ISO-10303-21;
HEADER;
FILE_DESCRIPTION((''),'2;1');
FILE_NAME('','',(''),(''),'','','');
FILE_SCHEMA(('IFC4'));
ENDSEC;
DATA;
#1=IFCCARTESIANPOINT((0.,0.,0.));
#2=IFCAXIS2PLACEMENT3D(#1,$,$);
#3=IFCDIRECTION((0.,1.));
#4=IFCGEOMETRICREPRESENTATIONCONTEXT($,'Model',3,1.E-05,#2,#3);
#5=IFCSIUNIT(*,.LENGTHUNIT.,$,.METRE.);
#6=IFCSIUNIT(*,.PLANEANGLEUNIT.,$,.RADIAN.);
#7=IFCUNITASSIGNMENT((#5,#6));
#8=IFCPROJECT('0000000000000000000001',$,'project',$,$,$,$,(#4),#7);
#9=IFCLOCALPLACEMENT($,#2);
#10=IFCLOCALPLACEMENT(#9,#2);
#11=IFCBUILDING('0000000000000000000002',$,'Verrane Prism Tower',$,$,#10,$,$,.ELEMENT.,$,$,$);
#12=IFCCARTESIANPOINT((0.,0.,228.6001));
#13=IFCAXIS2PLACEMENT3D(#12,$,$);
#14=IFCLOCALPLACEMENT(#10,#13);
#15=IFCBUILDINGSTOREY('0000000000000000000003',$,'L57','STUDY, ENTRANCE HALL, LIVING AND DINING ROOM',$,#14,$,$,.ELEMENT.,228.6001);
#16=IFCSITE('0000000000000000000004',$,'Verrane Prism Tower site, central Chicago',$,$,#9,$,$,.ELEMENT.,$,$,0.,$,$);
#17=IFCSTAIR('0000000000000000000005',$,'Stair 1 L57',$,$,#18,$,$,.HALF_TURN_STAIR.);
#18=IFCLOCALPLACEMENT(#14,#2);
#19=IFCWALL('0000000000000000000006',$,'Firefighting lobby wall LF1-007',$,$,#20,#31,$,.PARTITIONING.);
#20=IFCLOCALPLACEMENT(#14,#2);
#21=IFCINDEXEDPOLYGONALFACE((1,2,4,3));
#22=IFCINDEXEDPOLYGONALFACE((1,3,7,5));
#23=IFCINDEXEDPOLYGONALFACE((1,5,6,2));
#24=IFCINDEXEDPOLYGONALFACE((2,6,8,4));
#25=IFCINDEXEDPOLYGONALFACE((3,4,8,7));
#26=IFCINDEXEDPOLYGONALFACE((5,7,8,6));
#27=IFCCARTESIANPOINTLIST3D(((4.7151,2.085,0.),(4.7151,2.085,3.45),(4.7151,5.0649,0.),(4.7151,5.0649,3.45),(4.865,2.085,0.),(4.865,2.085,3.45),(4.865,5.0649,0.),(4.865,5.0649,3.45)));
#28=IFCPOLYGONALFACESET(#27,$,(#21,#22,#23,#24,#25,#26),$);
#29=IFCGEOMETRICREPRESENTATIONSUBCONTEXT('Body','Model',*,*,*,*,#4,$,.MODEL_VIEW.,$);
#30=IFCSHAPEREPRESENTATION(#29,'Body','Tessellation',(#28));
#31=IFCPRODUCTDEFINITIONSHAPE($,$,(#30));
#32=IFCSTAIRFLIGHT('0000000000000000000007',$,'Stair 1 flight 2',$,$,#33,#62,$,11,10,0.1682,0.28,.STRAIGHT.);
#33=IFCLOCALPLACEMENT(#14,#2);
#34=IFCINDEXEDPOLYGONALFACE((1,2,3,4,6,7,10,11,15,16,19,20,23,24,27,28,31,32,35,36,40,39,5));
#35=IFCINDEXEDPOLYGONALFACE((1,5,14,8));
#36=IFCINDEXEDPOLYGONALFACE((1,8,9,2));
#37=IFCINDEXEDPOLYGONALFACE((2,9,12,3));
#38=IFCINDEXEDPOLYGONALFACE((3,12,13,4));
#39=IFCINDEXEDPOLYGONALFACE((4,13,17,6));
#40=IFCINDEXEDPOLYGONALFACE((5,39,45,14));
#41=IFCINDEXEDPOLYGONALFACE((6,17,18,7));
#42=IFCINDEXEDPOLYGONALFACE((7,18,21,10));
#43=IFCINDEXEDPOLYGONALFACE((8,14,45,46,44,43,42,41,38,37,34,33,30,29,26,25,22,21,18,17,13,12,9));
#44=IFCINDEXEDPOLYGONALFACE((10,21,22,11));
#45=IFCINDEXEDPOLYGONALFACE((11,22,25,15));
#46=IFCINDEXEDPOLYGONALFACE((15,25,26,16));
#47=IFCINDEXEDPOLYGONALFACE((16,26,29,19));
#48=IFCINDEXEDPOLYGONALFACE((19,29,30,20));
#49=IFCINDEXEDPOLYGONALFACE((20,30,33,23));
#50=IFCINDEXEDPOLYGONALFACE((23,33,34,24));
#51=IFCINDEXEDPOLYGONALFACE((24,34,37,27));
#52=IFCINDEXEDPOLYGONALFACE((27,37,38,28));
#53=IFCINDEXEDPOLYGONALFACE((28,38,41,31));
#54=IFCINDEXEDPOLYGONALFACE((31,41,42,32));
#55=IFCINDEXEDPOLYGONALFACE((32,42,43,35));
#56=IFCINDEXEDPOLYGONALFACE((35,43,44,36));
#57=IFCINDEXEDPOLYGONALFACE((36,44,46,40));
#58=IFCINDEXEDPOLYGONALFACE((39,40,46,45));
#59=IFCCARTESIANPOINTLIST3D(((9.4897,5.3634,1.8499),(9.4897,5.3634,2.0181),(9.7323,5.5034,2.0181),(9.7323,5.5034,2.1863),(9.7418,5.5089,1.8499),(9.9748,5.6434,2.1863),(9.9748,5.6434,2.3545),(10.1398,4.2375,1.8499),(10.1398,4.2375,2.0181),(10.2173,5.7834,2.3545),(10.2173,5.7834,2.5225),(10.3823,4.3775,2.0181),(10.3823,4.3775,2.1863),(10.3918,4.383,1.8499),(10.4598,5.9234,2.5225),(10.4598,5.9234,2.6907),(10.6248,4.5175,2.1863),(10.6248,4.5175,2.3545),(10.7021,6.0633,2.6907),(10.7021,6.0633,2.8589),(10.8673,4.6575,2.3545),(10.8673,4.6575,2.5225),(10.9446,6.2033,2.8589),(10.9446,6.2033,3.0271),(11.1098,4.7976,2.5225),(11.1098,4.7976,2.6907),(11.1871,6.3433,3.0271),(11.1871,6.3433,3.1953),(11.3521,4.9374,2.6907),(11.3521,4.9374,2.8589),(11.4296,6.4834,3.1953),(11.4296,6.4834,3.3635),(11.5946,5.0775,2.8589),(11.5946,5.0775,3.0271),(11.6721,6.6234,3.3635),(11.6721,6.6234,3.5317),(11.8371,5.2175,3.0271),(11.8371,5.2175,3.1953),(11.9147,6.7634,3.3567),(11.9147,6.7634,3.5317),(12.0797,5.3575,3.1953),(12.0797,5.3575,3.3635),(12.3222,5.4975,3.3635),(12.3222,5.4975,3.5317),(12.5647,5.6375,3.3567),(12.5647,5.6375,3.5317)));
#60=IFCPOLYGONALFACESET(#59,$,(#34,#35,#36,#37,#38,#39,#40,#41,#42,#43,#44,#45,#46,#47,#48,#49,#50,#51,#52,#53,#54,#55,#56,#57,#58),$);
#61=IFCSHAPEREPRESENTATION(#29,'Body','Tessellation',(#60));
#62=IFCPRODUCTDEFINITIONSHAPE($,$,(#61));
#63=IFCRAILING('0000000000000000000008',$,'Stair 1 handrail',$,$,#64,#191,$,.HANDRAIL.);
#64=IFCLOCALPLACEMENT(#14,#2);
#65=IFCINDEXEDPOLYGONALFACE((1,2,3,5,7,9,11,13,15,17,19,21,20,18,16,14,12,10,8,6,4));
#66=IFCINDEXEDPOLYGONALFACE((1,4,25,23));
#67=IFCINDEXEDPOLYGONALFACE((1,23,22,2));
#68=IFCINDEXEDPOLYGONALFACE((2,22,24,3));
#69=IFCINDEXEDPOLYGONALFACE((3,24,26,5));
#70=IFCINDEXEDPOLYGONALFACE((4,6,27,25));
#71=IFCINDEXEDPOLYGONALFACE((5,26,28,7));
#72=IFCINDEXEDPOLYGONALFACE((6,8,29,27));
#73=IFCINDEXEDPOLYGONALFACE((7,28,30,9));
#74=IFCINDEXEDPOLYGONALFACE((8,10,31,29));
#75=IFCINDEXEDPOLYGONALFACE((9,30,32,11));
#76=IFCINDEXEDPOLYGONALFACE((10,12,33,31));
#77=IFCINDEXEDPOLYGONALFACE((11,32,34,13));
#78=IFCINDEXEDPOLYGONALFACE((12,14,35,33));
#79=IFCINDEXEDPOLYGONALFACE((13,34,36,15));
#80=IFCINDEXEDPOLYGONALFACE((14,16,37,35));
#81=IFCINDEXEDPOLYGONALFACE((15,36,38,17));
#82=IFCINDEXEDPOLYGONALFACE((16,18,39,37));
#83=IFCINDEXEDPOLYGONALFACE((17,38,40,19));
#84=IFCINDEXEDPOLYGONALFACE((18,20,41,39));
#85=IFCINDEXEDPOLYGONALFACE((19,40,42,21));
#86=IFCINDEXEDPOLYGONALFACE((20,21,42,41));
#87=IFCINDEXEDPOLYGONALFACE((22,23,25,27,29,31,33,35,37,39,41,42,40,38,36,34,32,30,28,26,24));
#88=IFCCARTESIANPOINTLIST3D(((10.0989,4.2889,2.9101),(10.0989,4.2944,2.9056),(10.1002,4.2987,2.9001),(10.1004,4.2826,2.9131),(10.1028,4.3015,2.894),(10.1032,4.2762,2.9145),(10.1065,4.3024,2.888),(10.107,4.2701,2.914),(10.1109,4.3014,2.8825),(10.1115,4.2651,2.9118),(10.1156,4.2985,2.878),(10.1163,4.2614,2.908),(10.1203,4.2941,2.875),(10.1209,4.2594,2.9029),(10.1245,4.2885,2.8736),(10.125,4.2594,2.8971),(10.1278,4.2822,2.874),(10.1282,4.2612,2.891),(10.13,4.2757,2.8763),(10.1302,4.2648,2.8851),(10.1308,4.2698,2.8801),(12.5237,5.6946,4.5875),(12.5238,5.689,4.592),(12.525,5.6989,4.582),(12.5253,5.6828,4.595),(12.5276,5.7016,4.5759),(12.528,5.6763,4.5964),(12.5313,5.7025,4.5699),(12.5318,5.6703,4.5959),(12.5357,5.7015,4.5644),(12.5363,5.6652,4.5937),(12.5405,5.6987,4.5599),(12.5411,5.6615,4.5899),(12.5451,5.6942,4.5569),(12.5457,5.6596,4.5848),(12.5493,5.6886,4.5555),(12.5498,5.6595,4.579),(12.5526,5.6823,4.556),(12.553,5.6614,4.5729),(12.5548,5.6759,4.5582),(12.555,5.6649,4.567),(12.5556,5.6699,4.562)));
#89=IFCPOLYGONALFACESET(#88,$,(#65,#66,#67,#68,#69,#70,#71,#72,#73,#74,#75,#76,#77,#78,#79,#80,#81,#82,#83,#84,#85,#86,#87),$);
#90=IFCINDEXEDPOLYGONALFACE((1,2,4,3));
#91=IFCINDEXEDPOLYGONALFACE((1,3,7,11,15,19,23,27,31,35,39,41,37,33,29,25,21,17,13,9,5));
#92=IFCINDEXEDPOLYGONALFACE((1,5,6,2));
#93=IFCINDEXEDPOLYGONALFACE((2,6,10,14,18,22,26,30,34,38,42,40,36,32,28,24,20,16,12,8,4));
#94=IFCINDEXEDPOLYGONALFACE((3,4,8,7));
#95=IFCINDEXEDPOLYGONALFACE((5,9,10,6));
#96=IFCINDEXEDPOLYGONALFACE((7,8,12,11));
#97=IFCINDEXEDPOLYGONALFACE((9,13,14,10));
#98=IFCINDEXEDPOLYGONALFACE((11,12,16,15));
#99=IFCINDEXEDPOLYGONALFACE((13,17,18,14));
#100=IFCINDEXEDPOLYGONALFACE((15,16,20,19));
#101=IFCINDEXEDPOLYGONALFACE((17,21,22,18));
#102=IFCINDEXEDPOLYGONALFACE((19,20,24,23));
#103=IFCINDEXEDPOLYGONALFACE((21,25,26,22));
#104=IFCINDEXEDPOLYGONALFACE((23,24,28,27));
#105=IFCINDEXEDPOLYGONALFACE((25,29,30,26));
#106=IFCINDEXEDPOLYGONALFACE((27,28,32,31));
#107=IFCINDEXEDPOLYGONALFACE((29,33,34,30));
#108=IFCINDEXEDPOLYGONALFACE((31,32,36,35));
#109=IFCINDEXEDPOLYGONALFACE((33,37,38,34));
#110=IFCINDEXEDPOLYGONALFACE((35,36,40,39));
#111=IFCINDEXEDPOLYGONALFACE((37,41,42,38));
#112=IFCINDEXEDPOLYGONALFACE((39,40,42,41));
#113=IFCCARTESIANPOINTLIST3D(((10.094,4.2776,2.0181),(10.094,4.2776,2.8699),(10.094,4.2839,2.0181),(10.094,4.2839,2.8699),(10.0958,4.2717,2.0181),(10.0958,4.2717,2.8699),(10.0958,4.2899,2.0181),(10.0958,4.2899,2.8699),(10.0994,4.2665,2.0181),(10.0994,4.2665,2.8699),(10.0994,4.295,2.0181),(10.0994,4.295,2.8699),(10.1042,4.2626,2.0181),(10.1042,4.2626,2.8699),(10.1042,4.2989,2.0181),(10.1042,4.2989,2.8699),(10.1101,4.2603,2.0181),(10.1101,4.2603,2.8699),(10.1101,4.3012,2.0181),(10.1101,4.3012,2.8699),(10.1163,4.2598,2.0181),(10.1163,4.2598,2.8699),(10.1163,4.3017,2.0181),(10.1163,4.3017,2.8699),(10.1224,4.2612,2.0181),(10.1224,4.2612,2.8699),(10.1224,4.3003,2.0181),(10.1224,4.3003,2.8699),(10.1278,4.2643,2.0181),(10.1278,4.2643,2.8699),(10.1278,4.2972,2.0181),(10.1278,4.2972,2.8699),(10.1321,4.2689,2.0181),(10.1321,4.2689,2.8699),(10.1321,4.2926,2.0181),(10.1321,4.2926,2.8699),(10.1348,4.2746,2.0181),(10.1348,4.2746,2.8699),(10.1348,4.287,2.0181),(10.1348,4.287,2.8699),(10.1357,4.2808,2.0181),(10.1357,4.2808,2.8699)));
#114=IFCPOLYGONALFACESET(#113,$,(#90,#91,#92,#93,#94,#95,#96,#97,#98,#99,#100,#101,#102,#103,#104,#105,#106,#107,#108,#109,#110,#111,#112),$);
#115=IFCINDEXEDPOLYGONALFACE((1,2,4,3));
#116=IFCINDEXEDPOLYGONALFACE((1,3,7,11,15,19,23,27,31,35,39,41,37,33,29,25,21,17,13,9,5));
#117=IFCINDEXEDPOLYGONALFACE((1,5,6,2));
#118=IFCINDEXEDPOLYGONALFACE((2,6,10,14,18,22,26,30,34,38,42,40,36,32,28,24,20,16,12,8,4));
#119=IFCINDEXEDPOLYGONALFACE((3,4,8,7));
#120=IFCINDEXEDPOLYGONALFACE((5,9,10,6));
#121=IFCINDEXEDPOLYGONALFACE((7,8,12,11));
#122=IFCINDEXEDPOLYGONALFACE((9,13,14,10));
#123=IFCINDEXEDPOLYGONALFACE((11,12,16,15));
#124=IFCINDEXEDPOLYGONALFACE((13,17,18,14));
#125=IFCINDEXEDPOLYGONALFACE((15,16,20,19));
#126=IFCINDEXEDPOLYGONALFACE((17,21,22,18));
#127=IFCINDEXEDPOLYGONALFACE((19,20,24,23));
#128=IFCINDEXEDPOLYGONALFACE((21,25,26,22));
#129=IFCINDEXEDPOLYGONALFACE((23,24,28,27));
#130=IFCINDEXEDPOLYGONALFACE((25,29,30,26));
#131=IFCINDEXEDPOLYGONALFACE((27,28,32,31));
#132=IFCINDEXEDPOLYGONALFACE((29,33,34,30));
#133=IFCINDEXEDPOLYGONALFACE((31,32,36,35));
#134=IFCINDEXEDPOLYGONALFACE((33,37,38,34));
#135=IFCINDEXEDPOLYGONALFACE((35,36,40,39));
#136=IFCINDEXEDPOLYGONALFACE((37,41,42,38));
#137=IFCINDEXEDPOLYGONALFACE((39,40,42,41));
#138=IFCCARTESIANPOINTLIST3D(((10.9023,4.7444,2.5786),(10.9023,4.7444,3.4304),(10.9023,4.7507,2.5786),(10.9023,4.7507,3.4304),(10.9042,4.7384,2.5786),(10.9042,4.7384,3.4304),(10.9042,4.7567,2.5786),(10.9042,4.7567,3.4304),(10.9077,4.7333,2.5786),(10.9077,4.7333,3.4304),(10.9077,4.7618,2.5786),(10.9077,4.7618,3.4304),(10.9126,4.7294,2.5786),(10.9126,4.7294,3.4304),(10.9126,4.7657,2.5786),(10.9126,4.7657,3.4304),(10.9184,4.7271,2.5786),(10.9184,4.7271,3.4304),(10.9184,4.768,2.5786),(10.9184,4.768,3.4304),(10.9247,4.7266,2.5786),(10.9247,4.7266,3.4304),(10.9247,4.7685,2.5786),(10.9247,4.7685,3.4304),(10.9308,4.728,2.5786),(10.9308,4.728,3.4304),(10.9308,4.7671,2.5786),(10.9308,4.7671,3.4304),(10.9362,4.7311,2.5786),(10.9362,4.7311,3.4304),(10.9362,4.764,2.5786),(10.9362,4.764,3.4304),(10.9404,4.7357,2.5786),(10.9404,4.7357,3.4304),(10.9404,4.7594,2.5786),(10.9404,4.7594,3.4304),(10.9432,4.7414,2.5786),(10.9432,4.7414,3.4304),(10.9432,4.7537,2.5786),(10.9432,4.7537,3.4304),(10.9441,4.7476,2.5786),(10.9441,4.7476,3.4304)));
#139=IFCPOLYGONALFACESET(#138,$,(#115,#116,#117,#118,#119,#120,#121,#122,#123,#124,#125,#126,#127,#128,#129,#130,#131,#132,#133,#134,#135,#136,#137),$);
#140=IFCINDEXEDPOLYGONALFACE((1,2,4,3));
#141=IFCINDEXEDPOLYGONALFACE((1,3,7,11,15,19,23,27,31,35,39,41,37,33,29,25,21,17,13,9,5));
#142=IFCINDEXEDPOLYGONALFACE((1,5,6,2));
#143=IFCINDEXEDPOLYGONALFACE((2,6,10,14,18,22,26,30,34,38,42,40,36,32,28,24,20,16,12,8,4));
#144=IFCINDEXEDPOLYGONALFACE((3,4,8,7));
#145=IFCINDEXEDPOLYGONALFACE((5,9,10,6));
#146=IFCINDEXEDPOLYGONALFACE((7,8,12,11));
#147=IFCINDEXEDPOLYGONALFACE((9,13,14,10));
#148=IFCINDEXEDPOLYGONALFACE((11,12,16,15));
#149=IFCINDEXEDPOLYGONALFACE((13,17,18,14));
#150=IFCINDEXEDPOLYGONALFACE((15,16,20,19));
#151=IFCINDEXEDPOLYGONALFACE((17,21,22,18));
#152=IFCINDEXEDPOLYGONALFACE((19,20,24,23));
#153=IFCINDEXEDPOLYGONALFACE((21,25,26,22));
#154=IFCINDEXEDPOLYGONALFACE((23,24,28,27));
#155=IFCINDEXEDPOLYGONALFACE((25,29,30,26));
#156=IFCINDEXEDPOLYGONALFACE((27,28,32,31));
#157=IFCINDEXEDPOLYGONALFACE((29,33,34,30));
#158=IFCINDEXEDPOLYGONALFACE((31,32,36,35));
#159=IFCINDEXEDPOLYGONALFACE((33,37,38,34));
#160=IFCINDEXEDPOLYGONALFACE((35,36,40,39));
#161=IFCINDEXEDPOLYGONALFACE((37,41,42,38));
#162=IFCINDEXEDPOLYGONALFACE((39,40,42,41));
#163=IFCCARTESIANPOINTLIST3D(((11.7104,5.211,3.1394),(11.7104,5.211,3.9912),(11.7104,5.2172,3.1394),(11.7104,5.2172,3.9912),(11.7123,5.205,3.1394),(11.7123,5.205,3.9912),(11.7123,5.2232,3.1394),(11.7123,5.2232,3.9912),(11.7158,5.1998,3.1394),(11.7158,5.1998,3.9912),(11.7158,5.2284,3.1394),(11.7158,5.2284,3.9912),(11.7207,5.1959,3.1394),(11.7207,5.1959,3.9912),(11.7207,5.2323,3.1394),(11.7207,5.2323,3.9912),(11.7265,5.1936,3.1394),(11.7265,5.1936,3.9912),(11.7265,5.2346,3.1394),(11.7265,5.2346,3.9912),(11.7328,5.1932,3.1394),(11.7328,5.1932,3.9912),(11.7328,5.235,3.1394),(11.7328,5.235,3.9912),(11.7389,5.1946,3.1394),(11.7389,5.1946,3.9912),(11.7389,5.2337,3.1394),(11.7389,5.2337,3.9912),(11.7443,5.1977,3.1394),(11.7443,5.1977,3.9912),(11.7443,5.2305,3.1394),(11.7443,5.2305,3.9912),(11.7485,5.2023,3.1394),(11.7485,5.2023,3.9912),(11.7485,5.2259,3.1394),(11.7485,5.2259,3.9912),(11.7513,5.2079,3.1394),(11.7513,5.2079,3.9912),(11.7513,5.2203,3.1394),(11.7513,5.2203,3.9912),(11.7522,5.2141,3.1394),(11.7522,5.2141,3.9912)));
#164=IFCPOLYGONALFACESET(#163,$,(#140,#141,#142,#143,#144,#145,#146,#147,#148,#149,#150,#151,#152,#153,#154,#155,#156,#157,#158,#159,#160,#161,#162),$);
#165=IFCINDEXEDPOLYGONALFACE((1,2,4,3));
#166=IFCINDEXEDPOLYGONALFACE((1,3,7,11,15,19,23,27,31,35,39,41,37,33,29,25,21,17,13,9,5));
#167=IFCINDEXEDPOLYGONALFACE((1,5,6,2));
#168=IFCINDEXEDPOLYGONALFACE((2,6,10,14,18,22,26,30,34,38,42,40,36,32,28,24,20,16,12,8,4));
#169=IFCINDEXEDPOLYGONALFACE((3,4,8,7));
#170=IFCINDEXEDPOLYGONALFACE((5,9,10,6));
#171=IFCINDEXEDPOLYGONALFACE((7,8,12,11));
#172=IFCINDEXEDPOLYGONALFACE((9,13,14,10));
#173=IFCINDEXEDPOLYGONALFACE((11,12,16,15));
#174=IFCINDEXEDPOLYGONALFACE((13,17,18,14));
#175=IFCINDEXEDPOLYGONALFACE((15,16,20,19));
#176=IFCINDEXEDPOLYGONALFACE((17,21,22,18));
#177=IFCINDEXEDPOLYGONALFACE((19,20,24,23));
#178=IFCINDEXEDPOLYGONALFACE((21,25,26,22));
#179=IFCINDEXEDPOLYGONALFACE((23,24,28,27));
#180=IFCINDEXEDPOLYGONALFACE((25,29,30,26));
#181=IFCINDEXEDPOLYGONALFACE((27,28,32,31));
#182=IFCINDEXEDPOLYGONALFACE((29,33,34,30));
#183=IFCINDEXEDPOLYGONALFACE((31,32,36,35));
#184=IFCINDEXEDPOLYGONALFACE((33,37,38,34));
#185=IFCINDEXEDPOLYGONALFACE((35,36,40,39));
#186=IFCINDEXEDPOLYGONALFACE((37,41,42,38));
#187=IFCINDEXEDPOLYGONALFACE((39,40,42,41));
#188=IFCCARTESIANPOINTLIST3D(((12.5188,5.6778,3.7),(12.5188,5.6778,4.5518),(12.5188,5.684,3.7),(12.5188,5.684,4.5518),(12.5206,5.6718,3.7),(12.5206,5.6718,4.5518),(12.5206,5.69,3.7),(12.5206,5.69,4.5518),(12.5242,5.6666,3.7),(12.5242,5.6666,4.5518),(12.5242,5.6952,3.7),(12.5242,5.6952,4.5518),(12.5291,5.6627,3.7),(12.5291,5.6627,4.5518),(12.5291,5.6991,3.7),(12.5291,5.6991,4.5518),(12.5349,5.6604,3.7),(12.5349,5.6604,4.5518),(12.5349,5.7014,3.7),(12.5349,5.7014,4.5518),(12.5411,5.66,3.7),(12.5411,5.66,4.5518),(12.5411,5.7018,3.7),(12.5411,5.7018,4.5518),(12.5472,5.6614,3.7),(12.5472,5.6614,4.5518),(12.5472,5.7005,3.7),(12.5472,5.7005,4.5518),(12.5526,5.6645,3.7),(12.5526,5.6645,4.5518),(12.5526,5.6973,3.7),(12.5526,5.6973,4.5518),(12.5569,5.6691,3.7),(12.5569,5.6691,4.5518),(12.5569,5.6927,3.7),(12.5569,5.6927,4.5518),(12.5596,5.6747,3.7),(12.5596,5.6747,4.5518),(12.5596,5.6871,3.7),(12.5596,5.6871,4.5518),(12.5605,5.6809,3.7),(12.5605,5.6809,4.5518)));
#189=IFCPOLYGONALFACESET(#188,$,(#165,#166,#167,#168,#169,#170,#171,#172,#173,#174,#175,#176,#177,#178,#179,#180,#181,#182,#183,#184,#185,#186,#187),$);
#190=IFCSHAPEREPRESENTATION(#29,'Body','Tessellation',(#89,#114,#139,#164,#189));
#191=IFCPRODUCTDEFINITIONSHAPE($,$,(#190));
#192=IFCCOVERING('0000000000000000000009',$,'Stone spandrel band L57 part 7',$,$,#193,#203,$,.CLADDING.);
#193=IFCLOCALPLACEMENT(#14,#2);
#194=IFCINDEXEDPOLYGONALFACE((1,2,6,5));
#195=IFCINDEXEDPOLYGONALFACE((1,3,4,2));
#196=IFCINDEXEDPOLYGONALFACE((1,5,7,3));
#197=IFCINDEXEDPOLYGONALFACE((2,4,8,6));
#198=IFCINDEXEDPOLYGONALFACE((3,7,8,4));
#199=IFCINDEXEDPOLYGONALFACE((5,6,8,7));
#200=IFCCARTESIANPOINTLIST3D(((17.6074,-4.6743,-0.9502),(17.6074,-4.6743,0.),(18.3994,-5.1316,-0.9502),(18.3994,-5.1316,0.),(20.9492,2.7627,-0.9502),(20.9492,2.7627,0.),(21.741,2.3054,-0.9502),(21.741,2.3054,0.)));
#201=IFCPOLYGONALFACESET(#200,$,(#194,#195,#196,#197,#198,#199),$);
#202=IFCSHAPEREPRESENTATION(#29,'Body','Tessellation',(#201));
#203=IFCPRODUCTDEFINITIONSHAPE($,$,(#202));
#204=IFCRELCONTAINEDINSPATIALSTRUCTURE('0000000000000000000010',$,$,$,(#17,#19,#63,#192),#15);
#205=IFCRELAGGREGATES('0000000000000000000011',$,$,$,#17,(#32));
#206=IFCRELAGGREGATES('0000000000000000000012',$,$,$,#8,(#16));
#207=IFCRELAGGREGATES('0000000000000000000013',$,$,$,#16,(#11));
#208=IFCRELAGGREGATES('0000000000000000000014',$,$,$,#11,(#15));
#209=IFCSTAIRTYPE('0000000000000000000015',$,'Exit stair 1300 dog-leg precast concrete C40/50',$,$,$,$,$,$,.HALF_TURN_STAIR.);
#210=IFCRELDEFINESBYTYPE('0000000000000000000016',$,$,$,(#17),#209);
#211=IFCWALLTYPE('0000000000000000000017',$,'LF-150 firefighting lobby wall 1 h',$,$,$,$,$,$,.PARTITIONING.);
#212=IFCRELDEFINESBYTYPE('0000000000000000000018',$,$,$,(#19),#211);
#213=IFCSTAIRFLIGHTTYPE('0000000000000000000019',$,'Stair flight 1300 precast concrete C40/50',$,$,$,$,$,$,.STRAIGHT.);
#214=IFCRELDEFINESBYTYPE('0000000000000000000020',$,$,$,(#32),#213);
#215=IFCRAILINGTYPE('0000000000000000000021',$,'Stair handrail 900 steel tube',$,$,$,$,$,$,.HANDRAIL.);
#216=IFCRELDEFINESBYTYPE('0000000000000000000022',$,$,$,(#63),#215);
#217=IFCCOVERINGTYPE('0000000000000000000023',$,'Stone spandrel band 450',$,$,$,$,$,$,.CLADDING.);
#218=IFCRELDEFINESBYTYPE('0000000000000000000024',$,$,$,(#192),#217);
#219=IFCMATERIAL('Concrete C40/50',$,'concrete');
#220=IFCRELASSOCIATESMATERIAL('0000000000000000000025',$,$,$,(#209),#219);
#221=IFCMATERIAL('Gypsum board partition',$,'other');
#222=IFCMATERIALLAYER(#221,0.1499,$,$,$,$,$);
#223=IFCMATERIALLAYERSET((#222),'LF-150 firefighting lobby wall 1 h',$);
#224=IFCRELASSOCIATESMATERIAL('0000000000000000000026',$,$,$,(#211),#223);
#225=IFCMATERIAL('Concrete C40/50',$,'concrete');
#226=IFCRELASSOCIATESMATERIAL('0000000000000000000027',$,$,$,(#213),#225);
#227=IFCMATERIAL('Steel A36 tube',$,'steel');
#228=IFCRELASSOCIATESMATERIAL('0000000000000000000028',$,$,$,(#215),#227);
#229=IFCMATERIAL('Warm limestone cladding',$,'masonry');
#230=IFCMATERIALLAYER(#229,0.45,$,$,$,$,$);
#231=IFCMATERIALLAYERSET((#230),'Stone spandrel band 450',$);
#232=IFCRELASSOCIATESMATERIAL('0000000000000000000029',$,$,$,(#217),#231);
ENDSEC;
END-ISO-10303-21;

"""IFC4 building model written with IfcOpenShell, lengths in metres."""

from ifc_helpers import new_model, si_unit, direction, frame, frame_2d, origin, origin_2d, place, context, subcontext, project, spatial, polyline, rectangle, circle, outline, extrude, material, layer, layer_set, type_object, element, aggregate, save


model = new_model("IFC4")

# Units and contexts
model_context = context("Model", 3, precision=1e-05, world=origin(), true_north=direction((0.0, 1.0)))
body_context = subcontext(model_context, "Body", "Model", "MODEL_VIEW")
ifc_project = project(units=[si_unit("LENGTHUNIT", "METRE"), si_unit("PLANEANGLEUNIT", "RADIAN")], contexts=[model_context])

# Site, building, storey
site_placement = place(None, origin())
site = spatial("IfcSite", under=ifc_project, at=site_placement, Name="Verrane Prism Tower site, central Chicago", CompositionType="ELEMENT", RefElevation=0.0)
building_placement = place(site_placement, origin())
building = spatial("IfcBuilding", under=site, at=building_placement, Name="Verrane Prism Tower", CompositionType="ELEMENT")
storey_placement = place(building_placement, frame((0.0, 0.0, 228.6001)))
storey = spatial("IfcBuildingStorey", under=building, at=storey_placement, Name="L57", Description="STUDY, ENTRANCE HALL, LIVING AND DINING ROOM", CompositionType="ELEMENT", Elevation=228.6001)

# Stair
ifc_material_1 = material(Name="Concrete C40/50", Category="concrete")
stair_type = type_object("IfcStairType", Name="Exit stair 1300 dog-leg precast concrete C40/50", PredefinedType="HALF_TURN_STAIR", material=ifc_material_1)
stair_1_placement = place(storey_placement, origin())
stair_1 = element("IfcStair", 1, at=stair_1_placement, inside=storey, type_object=stair_type, Name="Stair 1 L57", PredefinedType="HALF_TURN_STAIR")

# Wall
ifc_material_2 = material(Name="Gypsum board partition", Category="other")
ifc_layer_1 = layer(ifc_material_2, 0.1499)
ifc_layer_set_1 = layer_set([ifc_layer_1], Name="LF-150 firefighting lobby wall 1 h")
wall_type_1 = type_object("IfcWallType", Name="LF-150 firefighting lobby wall 1 h", PredefinedType="PARTITIONING", material=ifc_layer_set_1)
wall_1_placement = place(storey_placement, frame((4.79, 2.085, 0.0), z_axis=(0.0, 0.0, 1.0), x_axis=(0.0, 1.0, 0.0)))
element("IfcWall", 2, at=wall_1_placement, inside=storey, type_object=wall_type_1, Name="Firefighting lobby wall LF1-007", PredefinedType="PARTITIONING", context=body_context, shape_type="SweptSolid", body=[
    extrude(rectangle(XDim=2.98, YDim=0.1499, at=frame_2d((1.49, 0.0))), origin(), (0.0, 0.0, 1.0), 3.45),
])

# Stair flight
ifc_material_3 = material(Name="Concrete C40/50", Category="concrete")
stair_flight_type = type_object("IfcStairFlightType", Name="Stair flight 1300 precast concrete C40/50", PredefinedType="STRAIGHT", material=ifc_material_3)
stair_flight_placement = place(storey_placement, frame((9.8147, 4.8005, 1.8499), z_axis=(0.0, 0.0, 1.0), x_axis=(0.866025, 0.5, 0.0)))
stair_flight = element("IfcStairFlight", 3, at=stair_flight_placement, type_object=stair_flight_type, Name="Stair 1 flight 2", NumberOfRisers=11, NumberOfTreads=10, PredefinedType="STRAIGHT", RiserHeight=0.1682, TreadLength=0.28, context=body_context, shape_type="SweptSolid", body=[
    extrude(outline(polyline([(0.0, 0.0), (0.0, 0.1682), (0.28, 0.1682), (0.28, 0.3364), (0.5601, 0.3364), (0.5601, 0.5046), (0.8401, 0.5046), (0.8401, 0.6726), (1.1201, 0.6726), (1.1201, 0.8408), (1.3999, 0.8408), (1.3999, 1.009), (1.6799, 1.009), (1.6799, 1.1772), (1.96, 1.1772), (1.96, 1.3455), (2.24, 1.3455), (2.24, 1.5137), (2.52, 1.5137), (2.52, 1.6819), (2.8, 1.6819), (2.8, 1.8501), (2.8, 1.5068), (0.291, 0.0), (0.0, 0.0)])), frame((0.0, 0.6499, 0.0), z_axis=(0.0, -1.0, 0.0), x_axis=(1.0, 0.0, 0.0)), (0.0, 0.0, 1.0), 1.3),
])
aggregate(stair_1, [stair_flight])

# Railing
ifc_material_4 = material(Name="Steel A36 tube", Category="steel")
railing_type = type_object("IfcRailingType", Name="Stair handrail 900 steel tube", PredefinedType="HANDRAIL", material=ifc_material_4)
railing_placement = place(storey_placement, frame((10.1147, 4.2808, 2.0181)))
element("IfcRailing", 4, at=railing_placement, inside=storey, type_object=railing_type, Name="Stair 1 handrail", PredefinedType="HANDRAIL", context=body_context, shape_type="SweptSolid", body=[
    extrude(circle(Radius=0.0239, at=origin_2d()), frame((0.0, 0.0, 0.876), z_axis=(0.742367, 0.428662, 0.514918), x_axis=(-0.50005, 0.865997, 0.0)), (0.0, 0.0, 1.0), 3.2664),
    extrude(circle(Radius=0.021, at=origin_2d()), origin(), (0.0, 0.0, 1.0), 0.8518),
    extrude(circle(Radius=0.021, at=origin_2d()), frame((0.8083, 0.4668, 0.5605)), (0.0, 0.0, 1.0), 0.8518),
    extrude(circle(Radius=0.021, at=origin_2d()), frame((1.6165, 0.9333, 1.1213)), (0.0, 0.0, 1.0), 0.8518),
    extrude(circle(Radius=0.021, at=origin_2d()), frame((2.4248, 1.4001, 1.6819)), (0.0, 0.0, 1.0), 0.8518),
])

# Covering
ifc_material_5 = material(Name="Warm limestone cladding", Category="masonry")
ifc_layer_2 = layer(ifc_material_5, 0.45)
ifc_layer_set_2 = layer_set([ifc_layer_2], Name="Stone spandrel band 450")
covering_type = type_object("IfcCoveringType", Name="Stone spandrel band 450", PredefinedType="CLADDING", material=ifc_layer_set_2)
covering_1_placement = place(storey_placement, frame((0.0, 0.0, -0.9502)))
element("IfcCovering", 5, at=covering_1_placement, inside=storey, type_object=covering_type, Name="Stone spandrel band L57 part 7", PredefinedType="CLADDING", context=body_context, shape_type="SweptSolid", body=[
    extrude(outline(polyline([(20.9492, 2.7627), (17.6074, -4.6743), (18.3994, -5.1316), (21.741, 2.3054), (20.9492, 2.7627)])), origin(), (0.0, 0.0, 1.0), 0.9502),
])

save(model, "model.ifc")
